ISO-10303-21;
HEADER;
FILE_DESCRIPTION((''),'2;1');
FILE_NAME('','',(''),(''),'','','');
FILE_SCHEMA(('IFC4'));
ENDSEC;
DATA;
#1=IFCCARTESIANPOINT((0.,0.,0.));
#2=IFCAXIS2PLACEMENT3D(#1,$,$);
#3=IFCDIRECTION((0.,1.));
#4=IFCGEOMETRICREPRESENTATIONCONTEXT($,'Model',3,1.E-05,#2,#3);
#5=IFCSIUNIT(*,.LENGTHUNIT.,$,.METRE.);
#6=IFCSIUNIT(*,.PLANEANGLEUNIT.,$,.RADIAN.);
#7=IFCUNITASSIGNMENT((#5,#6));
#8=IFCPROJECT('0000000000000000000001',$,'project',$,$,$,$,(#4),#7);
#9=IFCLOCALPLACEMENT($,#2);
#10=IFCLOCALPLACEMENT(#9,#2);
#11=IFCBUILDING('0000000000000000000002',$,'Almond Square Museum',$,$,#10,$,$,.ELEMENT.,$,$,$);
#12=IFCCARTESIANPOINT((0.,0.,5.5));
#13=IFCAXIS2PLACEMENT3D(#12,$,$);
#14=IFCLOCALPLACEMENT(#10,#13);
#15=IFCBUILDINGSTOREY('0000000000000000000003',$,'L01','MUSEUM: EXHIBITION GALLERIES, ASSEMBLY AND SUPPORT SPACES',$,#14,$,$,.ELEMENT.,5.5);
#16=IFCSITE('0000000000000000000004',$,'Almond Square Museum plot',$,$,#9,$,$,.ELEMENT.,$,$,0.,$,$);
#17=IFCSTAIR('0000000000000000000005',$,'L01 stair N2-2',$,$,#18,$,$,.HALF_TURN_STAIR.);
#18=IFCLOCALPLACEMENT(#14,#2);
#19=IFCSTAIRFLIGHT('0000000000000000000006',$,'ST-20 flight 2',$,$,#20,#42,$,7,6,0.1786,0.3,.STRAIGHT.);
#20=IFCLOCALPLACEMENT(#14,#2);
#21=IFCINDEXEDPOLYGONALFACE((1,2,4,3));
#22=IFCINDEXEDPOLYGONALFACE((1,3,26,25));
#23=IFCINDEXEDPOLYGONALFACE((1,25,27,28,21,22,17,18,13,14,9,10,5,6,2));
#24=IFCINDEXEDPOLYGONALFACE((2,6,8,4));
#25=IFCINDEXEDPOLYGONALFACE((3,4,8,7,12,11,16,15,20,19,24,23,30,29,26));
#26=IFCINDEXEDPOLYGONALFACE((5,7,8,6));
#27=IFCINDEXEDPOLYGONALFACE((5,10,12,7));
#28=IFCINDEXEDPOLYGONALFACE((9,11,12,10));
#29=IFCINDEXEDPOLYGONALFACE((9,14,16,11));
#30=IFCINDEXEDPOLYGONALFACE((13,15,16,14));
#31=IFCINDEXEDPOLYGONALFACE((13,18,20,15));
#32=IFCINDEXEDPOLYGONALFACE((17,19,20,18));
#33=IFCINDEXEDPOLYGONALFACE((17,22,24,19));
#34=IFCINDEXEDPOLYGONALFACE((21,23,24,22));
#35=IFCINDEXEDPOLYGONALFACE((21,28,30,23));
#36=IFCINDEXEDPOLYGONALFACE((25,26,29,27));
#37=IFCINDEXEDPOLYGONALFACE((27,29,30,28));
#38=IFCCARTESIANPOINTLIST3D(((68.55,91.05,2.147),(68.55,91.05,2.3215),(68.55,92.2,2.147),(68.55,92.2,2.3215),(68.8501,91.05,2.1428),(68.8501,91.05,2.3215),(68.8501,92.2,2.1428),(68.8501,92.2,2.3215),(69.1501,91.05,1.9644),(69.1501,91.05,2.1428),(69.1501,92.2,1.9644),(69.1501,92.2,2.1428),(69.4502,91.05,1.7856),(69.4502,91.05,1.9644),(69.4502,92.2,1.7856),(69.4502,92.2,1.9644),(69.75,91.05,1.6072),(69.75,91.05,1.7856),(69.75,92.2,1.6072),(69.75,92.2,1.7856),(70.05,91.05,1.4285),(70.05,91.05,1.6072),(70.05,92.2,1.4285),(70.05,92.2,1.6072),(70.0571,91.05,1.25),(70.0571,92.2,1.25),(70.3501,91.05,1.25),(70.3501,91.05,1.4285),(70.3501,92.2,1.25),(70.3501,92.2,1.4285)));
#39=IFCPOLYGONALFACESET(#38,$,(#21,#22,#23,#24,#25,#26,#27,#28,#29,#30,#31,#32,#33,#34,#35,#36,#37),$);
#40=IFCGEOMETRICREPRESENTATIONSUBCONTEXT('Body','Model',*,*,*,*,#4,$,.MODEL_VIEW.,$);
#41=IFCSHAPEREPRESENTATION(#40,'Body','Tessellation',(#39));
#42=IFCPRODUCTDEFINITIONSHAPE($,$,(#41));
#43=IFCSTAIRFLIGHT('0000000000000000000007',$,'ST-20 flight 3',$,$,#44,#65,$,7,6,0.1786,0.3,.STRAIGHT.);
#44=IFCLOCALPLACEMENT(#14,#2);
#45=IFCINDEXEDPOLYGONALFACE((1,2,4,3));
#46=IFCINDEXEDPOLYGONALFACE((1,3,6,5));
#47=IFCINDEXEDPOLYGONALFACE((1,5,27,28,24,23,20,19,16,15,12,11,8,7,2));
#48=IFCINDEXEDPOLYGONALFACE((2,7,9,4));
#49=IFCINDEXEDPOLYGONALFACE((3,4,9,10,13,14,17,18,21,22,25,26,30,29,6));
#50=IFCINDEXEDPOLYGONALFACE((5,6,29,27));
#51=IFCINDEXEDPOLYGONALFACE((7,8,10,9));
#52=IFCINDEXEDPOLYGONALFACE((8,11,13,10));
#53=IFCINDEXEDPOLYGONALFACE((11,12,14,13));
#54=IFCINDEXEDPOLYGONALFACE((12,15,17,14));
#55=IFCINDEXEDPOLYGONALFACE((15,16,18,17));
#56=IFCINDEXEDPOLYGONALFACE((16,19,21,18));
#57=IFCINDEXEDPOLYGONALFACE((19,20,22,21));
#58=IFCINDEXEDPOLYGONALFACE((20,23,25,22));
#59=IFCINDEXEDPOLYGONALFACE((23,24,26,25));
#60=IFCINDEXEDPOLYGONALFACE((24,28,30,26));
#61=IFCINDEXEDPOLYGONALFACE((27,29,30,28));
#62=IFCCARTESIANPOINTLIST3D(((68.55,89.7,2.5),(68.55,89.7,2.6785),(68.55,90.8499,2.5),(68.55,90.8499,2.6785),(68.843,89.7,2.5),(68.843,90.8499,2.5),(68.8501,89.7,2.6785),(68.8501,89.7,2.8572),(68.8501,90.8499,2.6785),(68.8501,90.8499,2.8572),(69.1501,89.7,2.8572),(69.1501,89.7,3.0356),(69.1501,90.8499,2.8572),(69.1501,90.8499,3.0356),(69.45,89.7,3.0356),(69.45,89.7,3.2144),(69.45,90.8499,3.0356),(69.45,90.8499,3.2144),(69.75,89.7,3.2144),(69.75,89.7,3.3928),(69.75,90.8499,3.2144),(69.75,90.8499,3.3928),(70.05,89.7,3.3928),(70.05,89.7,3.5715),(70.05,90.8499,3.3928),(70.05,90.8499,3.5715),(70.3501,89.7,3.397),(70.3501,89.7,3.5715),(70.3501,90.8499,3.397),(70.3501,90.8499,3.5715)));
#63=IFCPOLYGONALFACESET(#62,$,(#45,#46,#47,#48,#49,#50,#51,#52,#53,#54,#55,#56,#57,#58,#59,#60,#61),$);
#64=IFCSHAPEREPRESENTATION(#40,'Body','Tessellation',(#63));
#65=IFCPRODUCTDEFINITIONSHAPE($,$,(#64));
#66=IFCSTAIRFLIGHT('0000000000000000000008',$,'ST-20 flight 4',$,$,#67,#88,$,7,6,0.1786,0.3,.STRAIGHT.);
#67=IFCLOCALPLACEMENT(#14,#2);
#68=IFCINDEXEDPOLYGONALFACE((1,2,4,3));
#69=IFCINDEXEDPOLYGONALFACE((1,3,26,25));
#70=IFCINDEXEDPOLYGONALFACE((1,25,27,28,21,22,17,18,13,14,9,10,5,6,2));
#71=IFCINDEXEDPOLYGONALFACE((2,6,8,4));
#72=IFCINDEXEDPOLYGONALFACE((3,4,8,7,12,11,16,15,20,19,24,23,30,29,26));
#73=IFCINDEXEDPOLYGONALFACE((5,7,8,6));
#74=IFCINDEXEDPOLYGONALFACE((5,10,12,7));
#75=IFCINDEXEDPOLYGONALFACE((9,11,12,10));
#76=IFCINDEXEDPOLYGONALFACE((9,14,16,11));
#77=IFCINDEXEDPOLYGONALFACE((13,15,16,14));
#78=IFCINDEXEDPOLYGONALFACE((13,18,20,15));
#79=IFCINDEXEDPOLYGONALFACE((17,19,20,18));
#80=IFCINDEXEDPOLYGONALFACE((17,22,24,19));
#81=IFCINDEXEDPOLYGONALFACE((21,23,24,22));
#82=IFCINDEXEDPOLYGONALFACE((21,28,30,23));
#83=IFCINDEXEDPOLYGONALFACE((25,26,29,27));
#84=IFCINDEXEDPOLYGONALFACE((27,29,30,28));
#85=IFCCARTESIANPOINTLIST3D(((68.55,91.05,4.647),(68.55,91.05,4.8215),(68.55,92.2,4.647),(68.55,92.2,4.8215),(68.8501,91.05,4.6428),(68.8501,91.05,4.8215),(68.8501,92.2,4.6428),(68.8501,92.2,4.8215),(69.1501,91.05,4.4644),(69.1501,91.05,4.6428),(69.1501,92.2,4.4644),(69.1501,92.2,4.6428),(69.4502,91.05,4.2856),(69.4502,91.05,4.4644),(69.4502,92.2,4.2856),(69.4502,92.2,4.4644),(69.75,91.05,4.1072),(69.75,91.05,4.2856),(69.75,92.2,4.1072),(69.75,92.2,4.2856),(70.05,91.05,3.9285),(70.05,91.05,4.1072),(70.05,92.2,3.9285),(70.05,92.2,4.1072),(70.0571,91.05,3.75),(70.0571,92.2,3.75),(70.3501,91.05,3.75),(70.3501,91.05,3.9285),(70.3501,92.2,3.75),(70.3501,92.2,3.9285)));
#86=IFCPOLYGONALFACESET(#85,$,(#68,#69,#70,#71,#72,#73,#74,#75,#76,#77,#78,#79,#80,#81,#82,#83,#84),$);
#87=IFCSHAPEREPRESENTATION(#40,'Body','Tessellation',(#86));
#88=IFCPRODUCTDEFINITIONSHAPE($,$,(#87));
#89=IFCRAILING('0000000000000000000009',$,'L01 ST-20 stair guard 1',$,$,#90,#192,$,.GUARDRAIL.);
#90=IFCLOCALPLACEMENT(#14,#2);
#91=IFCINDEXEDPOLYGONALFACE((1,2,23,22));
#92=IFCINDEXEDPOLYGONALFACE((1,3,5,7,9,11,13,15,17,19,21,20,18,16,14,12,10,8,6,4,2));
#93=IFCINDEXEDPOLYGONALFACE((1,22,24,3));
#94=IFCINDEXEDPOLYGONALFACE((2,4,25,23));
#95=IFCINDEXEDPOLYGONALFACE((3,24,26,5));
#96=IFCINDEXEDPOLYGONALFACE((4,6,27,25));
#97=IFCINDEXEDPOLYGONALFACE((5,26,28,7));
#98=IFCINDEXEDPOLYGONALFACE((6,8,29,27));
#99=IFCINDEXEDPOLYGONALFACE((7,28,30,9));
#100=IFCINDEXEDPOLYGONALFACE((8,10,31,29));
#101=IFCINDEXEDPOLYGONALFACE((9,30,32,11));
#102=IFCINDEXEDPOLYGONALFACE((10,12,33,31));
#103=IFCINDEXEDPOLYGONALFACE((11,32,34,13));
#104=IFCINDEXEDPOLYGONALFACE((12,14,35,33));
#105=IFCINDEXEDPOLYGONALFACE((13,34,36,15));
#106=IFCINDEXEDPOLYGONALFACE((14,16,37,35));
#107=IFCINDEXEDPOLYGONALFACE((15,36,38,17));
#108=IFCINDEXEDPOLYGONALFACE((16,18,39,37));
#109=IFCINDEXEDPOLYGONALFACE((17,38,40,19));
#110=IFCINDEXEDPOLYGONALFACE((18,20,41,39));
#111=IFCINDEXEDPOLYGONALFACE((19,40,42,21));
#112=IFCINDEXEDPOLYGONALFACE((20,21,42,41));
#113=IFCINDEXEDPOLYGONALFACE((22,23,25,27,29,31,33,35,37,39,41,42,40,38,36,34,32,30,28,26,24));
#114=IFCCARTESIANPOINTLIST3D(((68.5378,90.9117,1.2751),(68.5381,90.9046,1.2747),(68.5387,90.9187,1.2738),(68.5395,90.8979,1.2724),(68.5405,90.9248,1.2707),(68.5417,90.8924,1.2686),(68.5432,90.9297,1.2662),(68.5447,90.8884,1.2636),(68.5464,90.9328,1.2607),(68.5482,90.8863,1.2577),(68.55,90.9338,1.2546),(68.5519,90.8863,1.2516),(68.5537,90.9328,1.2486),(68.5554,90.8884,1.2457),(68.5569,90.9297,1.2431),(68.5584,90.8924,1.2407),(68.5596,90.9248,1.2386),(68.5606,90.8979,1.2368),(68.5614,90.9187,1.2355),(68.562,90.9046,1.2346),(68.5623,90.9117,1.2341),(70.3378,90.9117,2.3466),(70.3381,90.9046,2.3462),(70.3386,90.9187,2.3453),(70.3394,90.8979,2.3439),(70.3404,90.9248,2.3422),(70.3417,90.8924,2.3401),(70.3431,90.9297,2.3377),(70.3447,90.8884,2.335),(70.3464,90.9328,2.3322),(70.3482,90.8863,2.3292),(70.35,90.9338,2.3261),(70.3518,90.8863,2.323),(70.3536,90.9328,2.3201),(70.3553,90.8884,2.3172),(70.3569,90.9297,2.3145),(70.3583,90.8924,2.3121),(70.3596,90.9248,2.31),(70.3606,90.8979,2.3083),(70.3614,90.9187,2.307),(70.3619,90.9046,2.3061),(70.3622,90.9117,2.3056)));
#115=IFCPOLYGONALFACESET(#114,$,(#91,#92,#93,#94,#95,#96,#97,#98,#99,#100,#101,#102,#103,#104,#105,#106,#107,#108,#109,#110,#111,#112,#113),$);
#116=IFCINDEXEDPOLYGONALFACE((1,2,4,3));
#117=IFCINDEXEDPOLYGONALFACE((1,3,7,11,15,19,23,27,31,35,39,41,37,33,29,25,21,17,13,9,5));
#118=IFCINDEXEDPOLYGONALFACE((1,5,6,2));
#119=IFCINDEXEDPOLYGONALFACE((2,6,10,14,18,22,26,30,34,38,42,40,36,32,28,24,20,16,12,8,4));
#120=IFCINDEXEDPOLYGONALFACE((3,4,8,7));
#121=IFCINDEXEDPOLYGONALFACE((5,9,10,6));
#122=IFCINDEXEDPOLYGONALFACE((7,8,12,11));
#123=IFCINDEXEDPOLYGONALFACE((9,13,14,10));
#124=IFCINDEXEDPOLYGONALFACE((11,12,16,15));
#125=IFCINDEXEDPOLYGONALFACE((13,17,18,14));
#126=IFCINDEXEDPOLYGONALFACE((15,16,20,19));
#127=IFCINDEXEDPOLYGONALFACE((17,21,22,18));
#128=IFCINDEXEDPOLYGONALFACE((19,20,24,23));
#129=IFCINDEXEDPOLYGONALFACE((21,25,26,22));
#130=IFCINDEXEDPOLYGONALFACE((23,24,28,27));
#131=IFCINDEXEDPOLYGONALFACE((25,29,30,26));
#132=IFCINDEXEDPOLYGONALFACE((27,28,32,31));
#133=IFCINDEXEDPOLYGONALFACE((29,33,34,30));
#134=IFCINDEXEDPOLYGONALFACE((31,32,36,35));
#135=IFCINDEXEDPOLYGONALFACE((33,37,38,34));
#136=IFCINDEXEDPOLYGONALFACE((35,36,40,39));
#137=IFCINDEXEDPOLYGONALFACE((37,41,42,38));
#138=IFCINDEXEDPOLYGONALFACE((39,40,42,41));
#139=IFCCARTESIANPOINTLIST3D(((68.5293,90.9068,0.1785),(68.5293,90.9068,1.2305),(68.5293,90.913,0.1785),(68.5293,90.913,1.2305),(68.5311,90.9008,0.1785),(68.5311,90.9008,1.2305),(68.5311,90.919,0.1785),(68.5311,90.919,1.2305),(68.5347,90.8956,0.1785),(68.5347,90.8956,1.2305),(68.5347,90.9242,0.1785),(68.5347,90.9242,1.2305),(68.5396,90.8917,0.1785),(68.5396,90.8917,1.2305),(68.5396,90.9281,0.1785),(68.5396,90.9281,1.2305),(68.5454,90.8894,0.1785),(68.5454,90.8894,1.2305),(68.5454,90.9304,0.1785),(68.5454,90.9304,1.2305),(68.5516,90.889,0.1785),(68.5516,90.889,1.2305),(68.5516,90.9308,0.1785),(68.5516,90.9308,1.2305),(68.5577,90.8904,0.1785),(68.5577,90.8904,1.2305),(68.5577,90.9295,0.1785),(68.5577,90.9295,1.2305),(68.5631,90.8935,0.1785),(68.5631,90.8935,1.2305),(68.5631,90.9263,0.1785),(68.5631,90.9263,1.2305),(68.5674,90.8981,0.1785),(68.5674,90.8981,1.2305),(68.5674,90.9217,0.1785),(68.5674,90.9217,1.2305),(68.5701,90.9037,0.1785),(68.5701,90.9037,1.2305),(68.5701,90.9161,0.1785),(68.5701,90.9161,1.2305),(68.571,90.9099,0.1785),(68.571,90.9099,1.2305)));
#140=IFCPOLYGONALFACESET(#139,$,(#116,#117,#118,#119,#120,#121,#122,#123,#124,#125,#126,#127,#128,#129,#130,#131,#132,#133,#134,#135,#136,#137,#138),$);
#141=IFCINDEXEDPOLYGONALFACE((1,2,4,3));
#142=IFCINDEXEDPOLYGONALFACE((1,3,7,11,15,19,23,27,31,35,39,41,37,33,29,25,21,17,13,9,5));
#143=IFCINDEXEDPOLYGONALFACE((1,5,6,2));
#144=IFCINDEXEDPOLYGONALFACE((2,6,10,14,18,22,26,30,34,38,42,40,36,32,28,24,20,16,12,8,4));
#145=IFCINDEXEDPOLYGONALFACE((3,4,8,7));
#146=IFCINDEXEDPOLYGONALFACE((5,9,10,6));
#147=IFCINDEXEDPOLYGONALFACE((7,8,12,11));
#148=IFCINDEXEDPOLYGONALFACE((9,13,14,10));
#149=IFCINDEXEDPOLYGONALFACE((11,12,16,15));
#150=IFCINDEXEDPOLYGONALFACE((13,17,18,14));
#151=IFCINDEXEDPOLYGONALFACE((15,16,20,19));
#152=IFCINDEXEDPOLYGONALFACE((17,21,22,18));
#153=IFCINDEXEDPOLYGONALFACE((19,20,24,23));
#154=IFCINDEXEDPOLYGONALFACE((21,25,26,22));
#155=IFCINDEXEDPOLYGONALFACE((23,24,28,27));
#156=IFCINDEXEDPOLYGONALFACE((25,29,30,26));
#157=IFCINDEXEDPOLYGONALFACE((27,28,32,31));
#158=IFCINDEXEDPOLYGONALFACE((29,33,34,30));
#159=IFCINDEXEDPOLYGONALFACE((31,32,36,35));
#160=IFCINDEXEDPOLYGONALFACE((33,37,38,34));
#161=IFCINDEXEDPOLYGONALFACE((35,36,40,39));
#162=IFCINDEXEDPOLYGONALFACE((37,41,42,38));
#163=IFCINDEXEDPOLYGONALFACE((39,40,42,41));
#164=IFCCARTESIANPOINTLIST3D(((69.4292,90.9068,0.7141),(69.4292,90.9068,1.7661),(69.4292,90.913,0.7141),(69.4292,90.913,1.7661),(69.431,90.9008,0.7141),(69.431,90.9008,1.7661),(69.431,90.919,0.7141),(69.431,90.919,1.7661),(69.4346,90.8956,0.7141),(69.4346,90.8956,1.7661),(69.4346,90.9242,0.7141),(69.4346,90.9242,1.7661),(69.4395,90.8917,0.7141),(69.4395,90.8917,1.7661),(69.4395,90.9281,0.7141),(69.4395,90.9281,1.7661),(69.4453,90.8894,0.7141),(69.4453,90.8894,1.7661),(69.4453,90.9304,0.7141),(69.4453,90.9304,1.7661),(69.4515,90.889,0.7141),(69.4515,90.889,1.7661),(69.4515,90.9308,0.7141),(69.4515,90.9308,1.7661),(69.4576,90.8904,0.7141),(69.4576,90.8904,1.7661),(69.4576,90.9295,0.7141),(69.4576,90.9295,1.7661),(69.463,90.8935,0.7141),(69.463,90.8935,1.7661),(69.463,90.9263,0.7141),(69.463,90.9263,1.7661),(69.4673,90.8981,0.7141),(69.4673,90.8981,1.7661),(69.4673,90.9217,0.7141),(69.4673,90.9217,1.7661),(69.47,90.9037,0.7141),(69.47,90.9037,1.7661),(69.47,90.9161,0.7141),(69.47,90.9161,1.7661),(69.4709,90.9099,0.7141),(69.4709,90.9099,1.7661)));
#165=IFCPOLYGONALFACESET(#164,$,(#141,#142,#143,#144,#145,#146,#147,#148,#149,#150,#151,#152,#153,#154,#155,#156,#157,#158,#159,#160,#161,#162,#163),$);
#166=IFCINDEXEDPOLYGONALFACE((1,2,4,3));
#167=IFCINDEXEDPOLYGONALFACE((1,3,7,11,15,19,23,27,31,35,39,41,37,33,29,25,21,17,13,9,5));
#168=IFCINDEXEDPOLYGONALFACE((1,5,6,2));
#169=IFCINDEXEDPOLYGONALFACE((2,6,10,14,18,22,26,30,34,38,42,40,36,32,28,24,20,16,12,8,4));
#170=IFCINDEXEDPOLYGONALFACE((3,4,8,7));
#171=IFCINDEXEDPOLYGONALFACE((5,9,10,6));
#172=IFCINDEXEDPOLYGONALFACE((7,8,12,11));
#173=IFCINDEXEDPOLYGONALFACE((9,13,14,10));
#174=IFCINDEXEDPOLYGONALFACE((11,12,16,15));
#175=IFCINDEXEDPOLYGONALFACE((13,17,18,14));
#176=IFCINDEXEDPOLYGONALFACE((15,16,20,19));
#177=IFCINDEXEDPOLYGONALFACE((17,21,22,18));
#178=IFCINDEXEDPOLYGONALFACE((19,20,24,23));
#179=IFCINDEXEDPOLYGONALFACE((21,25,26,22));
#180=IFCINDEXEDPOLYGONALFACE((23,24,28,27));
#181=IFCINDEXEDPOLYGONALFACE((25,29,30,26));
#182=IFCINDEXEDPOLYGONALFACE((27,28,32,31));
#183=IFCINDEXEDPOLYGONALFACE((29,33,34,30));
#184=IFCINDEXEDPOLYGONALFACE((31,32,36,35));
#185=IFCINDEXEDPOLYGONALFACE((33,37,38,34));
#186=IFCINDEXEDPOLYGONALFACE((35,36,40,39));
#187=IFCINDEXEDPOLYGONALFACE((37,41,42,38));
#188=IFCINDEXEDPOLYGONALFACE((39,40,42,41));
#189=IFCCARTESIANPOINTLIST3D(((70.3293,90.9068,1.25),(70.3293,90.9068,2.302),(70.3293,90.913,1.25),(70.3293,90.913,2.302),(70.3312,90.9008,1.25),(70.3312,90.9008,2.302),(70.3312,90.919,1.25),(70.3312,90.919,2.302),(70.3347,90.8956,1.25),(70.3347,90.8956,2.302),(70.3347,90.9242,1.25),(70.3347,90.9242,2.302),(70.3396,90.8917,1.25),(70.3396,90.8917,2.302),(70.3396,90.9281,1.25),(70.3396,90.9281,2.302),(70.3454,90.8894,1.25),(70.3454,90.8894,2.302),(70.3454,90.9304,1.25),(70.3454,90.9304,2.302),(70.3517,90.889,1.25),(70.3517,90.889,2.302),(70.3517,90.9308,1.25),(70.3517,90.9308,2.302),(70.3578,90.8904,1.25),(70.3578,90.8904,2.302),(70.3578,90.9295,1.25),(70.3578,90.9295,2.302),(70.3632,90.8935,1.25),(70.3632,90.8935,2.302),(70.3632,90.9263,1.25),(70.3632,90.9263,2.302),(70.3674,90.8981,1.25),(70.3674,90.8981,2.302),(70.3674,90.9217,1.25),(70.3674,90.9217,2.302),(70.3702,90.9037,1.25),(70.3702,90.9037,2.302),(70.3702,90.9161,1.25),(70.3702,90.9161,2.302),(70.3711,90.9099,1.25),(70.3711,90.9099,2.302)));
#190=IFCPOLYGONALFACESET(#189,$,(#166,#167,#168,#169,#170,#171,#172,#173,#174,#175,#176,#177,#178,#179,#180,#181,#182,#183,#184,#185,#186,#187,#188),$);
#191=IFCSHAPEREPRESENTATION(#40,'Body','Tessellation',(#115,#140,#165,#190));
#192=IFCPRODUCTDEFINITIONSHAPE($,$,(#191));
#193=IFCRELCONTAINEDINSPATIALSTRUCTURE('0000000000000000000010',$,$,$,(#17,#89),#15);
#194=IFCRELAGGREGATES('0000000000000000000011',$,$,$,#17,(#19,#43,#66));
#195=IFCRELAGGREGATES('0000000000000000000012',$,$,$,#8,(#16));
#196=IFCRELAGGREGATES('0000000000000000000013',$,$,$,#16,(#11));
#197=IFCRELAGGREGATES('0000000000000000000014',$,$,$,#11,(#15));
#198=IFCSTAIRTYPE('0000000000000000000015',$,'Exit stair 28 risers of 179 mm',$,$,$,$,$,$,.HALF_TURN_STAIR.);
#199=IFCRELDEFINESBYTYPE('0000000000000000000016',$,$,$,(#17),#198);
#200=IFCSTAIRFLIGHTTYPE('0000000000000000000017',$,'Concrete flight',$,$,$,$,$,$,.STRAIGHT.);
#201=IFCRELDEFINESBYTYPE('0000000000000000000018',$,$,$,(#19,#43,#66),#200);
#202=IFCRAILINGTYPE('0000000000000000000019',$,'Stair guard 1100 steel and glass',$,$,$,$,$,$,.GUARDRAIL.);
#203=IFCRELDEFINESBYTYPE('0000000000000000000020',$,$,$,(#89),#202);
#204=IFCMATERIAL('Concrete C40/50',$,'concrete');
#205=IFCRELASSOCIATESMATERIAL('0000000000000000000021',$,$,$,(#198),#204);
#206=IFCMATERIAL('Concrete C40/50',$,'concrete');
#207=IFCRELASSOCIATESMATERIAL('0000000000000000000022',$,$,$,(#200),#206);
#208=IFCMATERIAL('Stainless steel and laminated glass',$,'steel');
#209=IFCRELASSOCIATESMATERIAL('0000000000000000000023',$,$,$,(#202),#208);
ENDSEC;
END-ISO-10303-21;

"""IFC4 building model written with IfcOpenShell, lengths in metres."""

from ifc_helpers import new_model, si_unit, direction, frame, origin, origin_2d, place, context, subcontext, project, spatial, polyline, circle, outline, extrude, material, type_object, element, aggregate, save


model = new_model("IFC4")

# Units and contexts
model_context = context("Model", 3, precision=1e-05, world=origin(), true_north=direction((0.0, 1.0)))
body_context = subcontext(model_context, "Body", "Model", "MODEL_VIEW")
ifc_project = project(units=[si_unit("LENGTHUNIT", "METRE"), si_unit("PLANEANGLEUNIT", "RADIAN")], contexts=[model_context])

# Site, building, storey
site_placement = place(None, origin())
site = spatial("IfcSite", under=ifc_project, at=site_placement, Name="Almond Square Museum plot", CompositionType="ELEMENT", RefElevation=0.0)
building_placement = place(site_placement, origin())
building = spatial("IfcBuilding", under=site, at=building_placement, Name="Almond Square Museum", CompositionType="ELEMENT")
storey_placement = place(building_placement, frame((0.0, 0.0, 5.5)))
storey = spatial("IfcBuildingStorey", under=building, at=storey_placement, Name="L01", Description="MUSEUM: EXHIBITION GALLERIES, ASSEMBLY AND SUPPORT SPACES", CompositionType="ELEMENT", Elevation=5.5)

# Stair, stair flights
ifc_material_1 = material(Name="Concrete C40/50", Category="concrete")
stair_type = type_object("IfcStairType", Name="Exit stair 28 risers of 179 mm", PredefinedType="HALF_TURN_STAIR", material=ifc_material_1)
stair_placement = place(storey_placement, origin())
stair = element("IfcStair", 1, at=stair_placement, inside=storey, type_object=stair_type, Name="L01 stair N2-2", PredefinedType="HALF_TURN_STAIR")
ifc_material_2 = material(Name="Concrete C40/50", Category="concrete")
stair_flight_type = type_object("IfcStairFlightType", Name="Concrete flight", PredefinedType="STRAIGHT", material=ifc_material_2)
stair_flight_1_placement = place(storey_placement, frame((70.3501, 91.625, 1.25), z_axis=(0.0, 0.0, 1.0), x_axis=(-1.0, 0.0, 0.0)))
stair_flight_1 = element("IfcStairFlight", 2, at=stair_flight_1_placement, type_object=stair_flight_type, Name="ST-20 flight 2", NumberOfRisers=7, NumberOfTreads=6, PredefinedType="STRAIGHT", RiserHeight=0.1786, TreadLength=0.3, context=body_context, shape_type="SweptSolid", body=[
    extrude(outline(polyline([(0.0, 0.0), (0.0, 0.1785), (0.3, 0.1785), (0.3, 0.3572), (0.6001, 0.3572), (0.6001, 0.5356), (0.8999, 0.5356), (0.8999, 0.7144), (1.2, 0.7144), (1.2, 0.8928), (1.5, 0.8928), (1.5, 1.0715), (1.8, 1.0715), (1.8, 1.25), (1.8, 0.897), (0.293, 0.0), (0.0, 0.0)])), frame((0.0, 0.575, 0.0), z_axis=(0.0, -1.0, 0.0), x_axis=(1.0, 0.0, 0.0)), (0.0, 0.0, 1.0), 1.1499),
])
stair_flight_2_placement = place(storey_placement, frame((68.55, 90.2749, 2.5), z_axis=(0.0, 0.0, 1.0), x_axis=(1.0, 0.0, 0.0)))
stair_flight_2 = element("IfcStairFlight", 3, at=stair_flight_2_placement, type_object=stair_flight_type, Name="ST-20 flight 3", NumberOfRisers=7, NumberOfTreads=6, PredefinedType="STRAIGHT", RiserHeight=0.1786, TreadLength=0.3, context=body_context, shape_type="SweptSolid", body=[
    extrude(outline(polyline([(0.0, 0.0), (0.0, 0.1785), (0.3, 0.1785), (0.3, 0.3572), (0.6001, 0.3572), (0.6001, 0.5356), (0.8999, 0.5356), (0.8999, 0.7144), (1.2, 0.7144), (1.2, 0.8928), (1.5, 0.8928), (1.5, 1.0715), (1.8, 1.0715), (1.8, 1.25), (1.8, 0.897), (0.293, 0.0), (0.0, 0.0)])), frame((0.0, 0.575, 0.0), z_axis=(0.0, -1.0, 0.0), x_axis=(1.0, 0.0, 0.0)), (0.0, 0.0, 1.0), 1.1499),
])
stair_flight_3_placement = place(storey_placement, frame((70.3501, 91.625, 3.75), z_axis=(0.0, 0.0, 1.0), x_axis=(-1.0, 0.0, 0.0)))
stair_flight_3 = element("IfcStairFlight", 4, at=stair_flight_3_placement, type_object=stair_flight_type, Name="ST-20 flight 4", NumberOfRisers=7, NumberOfTreads=6, PredefinedType="STRAIGHT", RiserHeight=0.1786, TreadLength=0.3, context=body_context, shape_type="SweptSolid", body=[
    extrude(outline(polyline([(0.0, 0.0), (0.0, 0.1785), (0.3, 0.1785), (0.3, 0.3572), (0.6001, 0.3572), (0.6001, 0.5356), (0.8999, 0.5356), (0.8999, 0.7144), (1.2, 0.7144), (1.2, 0.8928), (1.5, 0.8928), (1.5, 1.0715), (1.8, 1.0715), (1.8, 1.25), (1.8, 0.897), (0.293, 0.0), (0.0, 0.0)])), frame((0.0, 0.575, 0.0), z_axis=(0.0, -1.0, 0.0), x_axis=(1.0, 0.0, 0.0)), (0.0, 0.0, 1.0), 1.1499),
])
aggregate(stair, [stair_flight_1, stair_flight_2, stair_flight_3])

# Railing
ifc_material_3 = material(Name="Stainless steel and laminated glass", Category="steel")
railing_type = type_object("IfcRailingType", Name="Stair guard 1100 steel and glass", PredefinedType="GUARDRAIL", material=ifc_material_3)
railing_1_placement = place(storey_placement, frame((68.55, 90.9099, 0.1785)))
element("IfcRailing", 5, at=railing_1_placement, inside=storey, type_object=railing_type, Name="L01 ST-20 stair guard 1", PredefinedType="GUARDRAIL", context=body_context, shape_type="SweptSolid", body=[
    extrude(circle(Radius=0.0239, at=origin_2d()), frame((0.0, 0.0, 1.0762), z_axis=(0.859277, 0.0, 0.51151), x_axis=(0.0, 1.0, 0.0)), (0.0, 0.0, 1.0), 2.0947),
    extrude(circle(Radius=0.021, at=origin_2d()), origin(), (0.0, 0.0, 1.0), 1.052),
    extrude(circle(Radius=0.021, at=origin_2d()), frame((0.8999, 0.0, 0.5356)), (0.0, 0.0, 1.0), 1.052),
    extrude(circle(Radius=0.021, at=origin_2d()), frame((1.8, 0.0, 1.0715)), (0.0, 0.0, 1.0), 1.052),
])

save(model, "model.ifc")
